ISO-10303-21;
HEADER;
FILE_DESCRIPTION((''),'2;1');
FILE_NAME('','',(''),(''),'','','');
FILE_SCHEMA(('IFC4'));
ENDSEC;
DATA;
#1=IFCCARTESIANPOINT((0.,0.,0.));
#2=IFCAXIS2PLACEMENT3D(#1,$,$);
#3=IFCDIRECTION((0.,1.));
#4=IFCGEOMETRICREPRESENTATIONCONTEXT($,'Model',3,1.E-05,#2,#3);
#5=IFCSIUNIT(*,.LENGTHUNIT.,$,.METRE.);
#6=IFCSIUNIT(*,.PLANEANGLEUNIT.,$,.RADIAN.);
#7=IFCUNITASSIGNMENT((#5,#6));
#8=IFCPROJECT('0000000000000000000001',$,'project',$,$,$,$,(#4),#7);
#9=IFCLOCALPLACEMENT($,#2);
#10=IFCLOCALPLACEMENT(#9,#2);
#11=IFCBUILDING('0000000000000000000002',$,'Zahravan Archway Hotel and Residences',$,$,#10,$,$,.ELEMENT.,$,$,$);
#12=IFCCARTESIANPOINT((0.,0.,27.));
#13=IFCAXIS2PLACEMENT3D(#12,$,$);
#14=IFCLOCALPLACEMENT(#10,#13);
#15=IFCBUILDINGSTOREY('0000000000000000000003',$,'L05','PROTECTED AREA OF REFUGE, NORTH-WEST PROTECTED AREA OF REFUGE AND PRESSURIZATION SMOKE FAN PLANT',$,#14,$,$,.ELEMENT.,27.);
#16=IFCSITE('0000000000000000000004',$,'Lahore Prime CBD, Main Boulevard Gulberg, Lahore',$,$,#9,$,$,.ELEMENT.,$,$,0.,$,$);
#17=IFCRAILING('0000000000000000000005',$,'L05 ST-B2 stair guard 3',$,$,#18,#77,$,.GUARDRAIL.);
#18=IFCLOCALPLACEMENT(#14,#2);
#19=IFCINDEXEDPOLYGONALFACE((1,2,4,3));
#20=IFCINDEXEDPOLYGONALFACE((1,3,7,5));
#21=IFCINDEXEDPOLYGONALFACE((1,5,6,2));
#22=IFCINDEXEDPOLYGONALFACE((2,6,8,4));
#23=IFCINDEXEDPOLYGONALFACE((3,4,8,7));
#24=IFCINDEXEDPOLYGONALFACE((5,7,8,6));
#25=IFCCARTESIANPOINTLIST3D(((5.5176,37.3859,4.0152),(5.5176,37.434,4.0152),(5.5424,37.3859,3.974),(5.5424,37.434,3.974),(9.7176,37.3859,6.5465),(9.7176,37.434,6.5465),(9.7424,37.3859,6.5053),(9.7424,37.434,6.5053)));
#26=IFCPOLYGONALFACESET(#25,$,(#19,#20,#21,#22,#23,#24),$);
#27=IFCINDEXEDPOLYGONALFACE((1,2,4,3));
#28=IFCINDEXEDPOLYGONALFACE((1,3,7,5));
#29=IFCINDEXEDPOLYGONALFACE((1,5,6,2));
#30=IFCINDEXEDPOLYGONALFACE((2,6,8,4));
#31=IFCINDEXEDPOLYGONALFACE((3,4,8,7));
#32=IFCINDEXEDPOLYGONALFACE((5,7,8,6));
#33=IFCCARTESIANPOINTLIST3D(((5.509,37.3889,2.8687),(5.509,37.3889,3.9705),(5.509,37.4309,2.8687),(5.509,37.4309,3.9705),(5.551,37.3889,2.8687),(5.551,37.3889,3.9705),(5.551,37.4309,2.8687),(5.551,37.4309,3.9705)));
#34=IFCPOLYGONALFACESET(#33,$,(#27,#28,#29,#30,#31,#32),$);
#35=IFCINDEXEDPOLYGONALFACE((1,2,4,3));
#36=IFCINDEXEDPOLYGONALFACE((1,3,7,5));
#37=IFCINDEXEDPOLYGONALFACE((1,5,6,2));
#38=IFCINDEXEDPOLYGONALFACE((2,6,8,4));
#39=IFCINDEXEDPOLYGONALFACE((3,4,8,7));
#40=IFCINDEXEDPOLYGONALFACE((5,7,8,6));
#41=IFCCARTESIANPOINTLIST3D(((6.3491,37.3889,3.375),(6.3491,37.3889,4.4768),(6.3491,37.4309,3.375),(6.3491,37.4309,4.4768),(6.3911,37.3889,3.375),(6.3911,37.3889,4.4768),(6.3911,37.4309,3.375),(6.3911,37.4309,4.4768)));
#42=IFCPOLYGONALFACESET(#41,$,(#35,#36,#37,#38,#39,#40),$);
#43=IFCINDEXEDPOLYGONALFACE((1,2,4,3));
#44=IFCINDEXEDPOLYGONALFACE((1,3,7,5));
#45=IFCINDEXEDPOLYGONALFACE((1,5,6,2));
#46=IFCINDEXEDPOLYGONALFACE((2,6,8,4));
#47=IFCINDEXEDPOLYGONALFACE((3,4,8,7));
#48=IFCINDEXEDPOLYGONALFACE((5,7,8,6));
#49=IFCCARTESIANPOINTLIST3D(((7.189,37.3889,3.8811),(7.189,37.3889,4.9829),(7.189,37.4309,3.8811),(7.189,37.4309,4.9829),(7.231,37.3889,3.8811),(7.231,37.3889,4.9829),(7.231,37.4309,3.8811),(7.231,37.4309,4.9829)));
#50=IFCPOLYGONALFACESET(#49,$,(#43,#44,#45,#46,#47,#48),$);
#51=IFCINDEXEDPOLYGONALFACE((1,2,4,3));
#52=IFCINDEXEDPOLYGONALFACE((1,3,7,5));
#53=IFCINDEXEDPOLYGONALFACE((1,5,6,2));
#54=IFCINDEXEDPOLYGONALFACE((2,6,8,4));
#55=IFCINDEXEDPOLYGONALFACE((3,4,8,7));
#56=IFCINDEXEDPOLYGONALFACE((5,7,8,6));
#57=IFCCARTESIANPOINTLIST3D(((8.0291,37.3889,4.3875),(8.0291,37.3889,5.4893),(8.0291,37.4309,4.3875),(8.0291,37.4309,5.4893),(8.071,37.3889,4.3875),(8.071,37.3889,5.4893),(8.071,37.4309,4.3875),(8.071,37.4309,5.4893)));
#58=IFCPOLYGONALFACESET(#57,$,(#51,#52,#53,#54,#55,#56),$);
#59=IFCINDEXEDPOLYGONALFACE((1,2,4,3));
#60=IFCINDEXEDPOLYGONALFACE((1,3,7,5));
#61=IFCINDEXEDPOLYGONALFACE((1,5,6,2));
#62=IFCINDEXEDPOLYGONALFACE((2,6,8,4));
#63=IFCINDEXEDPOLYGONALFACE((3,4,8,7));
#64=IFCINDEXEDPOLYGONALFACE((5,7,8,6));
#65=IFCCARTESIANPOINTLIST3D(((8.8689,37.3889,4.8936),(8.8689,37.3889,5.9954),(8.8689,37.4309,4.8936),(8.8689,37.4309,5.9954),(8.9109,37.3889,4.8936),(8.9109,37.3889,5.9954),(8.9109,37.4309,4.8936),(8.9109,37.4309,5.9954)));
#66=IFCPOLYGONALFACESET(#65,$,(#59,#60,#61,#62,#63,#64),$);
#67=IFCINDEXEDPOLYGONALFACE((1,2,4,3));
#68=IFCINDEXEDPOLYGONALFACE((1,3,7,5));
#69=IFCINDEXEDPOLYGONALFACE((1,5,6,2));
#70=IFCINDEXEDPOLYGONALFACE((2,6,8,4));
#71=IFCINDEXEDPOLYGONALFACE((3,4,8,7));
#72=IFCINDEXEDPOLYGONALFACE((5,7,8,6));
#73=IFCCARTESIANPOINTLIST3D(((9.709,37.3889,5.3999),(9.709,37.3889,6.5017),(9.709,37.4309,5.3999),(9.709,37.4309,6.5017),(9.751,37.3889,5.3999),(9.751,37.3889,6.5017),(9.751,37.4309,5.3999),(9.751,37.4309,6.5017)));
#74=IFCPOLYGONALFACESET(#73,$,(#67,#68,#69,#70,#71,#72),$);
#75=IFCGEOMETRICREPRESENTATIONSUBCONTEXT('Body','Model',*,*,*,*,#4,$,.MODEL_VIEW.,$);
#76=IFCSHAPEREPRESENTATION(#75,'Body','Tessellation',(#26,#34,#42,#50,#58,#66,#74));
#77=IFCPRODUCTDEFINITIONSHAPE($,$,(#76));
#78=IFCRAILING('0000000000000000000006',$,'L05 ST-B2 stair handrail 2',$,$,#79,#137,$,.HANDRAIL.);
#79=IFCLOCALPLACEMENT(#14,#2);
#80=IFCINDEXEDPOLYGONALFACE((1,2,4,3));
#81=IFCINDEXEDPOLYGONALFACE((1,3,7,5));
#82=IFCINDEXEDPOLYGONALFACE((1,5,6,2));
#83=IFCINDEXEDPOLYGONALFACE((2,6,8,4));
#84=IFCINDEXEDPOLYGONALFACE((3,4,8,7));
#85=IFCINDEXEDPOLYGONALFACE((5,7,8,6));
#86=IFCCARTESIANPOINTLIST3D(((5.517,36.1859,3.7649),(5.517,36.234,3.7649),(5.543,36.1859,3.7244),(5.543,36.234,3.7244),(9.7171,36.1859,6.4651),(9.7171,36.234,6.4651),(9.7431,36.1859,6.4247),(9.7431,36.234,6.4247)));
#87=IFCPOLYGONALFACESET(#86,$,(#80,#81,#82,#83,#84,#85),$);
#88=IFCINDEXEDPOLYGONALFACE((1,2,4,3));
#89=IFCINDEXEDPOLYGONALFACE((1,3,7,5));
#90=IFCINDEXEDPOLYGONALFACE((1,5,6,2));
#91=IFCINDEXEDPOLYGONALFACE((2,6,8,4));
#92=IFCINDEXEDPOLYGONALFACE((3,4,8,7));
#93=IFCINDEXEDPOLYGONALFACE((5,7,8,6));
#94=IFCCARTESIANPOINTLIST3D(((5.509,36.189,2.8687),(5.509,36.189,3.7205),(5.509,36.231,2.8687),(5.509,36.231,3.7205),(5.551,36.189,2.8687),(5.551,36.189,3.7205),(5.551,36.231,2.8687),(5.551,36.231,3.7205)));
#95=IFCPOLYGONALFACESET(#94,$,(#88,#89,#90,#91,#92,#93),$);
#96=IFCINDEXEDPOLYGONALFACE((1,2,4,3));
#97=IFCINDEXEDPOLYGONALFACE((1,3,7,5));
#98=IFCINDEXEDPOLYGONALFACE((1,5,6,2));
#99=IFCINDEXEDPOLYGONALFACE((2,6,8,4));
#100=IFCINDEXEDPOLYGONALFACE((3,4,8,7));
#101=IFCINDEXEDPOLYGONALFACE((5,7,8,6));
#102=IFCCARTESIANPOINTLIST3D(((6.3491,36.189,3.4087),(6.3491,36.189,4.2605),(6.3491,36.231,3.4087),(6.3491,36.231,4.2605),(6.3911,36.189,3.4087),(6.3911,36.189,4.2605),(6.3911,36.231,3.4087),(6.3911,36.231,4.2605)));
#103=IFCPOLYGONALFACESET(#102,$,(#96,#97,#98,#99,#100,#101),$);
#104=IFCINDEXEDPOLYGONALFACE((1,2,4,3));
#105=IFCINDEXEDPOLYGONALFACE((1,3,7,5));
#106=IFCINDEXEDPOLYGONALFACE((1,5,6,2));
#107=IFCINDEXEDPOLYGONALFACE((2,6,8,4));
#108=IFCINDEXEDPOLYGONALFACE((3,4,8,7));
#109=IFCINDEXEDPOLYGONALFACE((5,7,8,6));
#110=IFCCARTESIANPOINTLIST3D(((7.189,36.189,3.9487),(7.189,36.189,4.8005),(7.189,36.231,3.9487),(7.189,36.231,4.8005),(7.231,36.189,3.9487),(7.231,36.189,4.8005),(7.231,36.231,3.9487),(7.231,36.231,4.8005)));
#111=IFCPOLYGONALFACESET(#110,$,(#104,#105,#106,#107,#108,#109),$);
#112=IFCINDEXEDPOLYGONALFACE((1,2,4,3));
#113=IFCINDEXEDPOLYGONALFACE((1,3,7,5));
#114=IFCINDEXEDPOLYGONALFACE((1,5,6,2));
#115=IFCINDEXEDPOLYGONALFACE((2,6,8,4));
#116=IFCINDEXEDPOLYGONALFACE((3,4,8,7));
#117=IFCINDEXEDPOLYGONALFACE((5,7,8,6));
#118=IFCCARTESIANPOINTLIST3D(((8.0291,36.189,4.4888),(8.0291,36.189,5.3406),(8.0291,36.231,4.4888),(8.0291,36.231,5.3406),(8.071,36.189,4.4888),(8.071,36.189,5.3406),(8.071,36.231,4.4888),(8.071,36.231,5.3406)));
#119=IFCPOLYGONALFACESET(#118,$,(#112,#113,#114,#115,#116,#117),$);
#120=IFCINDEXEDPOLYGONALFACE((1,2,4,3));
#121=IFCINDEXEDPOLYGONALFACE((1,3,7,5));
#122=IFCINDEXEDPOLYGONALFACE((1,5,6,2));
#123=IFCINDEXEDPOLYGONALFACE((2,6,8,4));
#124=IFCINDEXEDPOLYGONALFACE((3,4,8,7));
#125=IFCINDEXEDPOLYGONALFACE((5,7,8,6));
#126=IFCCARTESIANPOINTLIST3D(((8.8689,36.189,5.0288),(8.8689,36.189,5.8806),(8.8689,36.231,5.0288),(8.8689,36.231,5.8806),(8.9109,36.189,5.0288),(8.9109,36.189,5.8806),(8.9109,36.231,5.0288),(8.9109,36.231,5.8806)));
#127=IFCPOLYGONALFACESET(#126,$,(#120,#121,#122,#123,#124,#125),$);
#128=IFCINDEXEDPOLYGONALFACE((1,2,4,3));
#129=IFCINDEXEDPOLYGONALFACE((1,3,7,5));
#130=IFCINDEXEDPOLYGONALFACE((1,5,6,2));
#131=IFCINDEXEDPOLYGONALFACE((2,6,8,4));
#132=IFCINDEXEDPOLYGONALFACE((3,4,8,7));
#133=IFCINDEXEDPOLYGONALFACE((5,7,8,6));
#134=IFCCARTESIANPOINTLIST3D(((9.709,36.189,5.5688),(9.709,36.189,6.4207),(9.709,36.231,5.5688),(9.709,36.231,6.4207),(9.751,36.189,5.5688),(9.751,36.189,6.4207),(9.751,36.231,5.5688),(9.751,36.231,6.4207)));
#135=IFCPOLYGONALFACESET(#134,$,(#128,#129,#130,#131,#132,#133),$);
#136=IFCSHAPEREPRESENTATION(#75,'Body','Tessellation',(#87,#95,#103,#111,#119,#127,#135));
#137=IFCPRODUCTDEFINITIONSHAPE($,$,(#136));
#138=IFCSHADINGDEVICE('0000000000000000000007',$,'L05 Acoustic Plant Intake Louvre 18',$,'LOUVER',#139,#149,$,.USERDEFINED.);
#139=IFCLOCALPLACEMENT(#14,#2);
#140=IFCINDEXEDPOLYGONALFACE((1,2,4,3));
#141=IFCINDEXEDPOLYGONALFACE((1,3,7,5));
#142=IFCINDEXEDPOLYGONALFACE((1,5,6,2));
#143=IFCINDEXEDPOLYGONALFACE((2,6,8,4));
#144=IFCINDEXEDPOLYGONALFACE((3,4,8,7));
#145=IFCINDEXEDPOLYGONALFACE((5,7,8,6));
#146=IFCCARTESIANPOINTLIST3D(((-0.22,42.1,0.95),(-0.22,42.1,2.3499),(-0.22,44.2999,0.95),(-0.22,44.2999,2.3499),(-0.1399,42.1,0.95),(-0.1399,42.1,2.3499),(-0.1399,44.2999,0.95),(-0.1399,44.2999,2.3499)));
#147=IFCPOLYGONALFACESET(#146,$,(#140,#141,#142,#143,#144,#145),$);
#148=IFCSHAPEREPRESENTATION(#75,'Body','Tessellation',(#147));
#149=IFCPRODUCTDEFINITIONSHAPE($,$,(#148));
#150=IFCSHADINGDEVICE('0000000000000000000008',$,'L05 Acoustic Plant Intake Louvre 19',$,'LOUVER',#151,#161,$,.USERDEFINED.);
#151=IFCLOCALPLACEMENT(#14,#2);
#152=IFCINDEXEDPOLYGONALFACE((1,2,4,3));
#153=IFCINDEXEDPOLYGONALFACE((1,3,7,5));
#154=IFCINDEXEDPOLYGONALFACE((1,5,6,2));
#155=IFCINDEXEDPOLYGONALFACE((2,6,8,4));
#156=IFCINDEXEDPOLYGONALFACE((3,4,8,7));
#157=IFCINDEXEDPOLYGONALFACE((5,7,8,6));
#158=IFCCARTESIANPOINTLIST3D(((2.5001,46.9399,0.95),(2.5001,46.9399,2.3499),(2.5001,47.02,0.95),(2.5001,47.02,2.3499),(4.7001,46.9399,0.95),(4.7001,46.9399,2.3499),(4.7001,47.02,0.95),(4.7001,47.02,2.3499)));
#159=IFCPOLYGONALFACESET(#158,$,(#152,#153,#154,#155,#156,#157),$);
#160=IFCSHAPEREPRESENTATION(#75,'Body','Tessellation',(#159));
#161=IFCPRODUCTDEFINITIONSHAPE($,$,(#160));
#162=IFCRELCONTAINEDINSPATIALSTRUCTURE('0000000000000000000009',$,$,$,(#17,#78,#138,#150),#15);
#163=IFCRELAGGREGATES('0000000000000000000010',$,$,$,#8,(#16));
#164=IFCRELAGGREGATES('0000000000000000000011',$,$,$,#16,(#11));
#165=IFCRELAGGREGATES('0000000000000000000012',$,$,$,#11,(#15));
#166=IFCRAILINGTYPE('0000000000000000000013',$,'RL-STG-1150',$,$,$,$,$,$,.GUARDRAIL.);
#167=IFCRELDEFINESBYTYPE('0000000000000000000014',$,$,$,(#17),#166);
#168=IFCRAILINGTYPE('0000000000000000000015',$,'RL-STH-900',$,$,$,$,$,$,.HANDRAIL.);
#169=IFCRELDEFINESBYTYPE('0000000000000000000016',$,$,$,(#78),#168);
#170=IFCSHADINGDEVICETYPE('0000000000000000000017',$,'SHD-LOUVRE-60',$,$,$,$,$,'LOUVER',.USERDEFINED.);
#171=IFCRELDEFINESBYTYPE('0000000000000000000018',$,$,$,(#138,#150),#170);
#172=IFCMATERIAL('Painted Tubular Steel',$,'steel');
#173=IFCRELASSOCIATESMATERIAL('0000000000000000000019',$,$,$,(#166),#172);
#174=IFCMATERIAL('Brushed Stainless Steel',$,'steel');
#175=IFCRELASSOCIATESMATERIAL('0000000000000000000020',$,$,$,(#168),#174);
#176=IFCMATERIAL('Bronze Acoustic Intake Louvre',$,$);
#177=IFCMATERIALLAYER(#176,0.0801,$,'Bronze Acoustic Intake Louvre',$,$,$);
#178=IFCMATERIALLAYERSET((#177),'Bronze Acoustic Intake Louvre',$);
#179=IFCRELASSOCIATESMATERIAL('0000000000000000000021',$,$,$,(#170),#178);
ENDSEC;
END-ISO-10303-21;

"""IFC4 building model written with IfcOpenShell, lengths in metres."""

from ifc_helpers import new_model, si_unit, direction, frame, origin, origin_2d, place, context, subcontext, project, spatial, rectangle, extrude, source, transform, mapped, material, layer, layer_set, type_object, type_shapes, element, save


model = new_model("IFC4")

# Units and contexts
model_context = context("Model", 3, precision=1e-05, world=origin(), true_north=direction((0.0, 1.0)))
body_context = subcontext(model_context, "Body", "Model", "MODEL_VIEW")
ifc_project = project(units=[si_unit("LENGTHUNIT", "METRE"), si_unit("PLANEANGLEUNIT", "RADIAN")], contexts=[model_context])

# Site, building, storey
site_placement = place(None, origin())
site = spatial("IfcSite", under=ifc_project, at=site_placement, Name="Lahore Prime CBD, Main Boulevard Gulberg, Lahore", CompositionType="ELEMENT", RefElevation=0.0)
building_placement = place(site_placement, origin())
building = spatial("IfcBuilding", under=site, at=building_placement, Name="Zahravan Archway Hotel and Residences", CompositionType="ELEMENT")
storey_placement = place(building_placement, frame((0.0, 0.0, 27.0)))
storey = spatial("IfcBuildingStorey", under=building, at=storey_placement, Name="L05", Description="PROTECTED AREA OF REFUGE, NORTH-WEST PROTECTED AREA OF REFUGE AND PRESSURIZATION SMOKE FAN PLANT", CompositionType="ELEMENT", Elevation=27.0)

# Railings
ifc_material_1 = material(Name="Painted Tubular Steel", Category="steel")
railing_type_1 = type_object("IfcRailingType", Name="RL-STG-1150", PredefinedType="GUARDRAIL", material=ifc_material_1)
railing_1_placement = place(storey_placement, frame((5.53, 37.4099, 2.8687)))
element("IfcRailing", 1, at=railing_1_placement, inside=storey, type_object=railing_type_1, Name="L05 ST-B2 stair guard 3", PredefinedType="GUARDRAIL", context=body_context, shape_type="SweptSolid", body=[
    extrude(rectangle(XDim=0.0481, YDim=0.0481, at=origin_2d()), frame((0.0, 0.0, 1.126), z_axis=(0.856476, 0.0, 0.516186), x_axis=(0.0, 1.0, 0.0)), (0.0, 0.0, 1.0), 4.9038),
    extrude(rectangle(XDim=0.042, YDim=0.042, at=origin_2d()), origin(), (0.0, 0.0, 1.0), 1.1018),
    extrude(rectangle(XDim=0.042, YDim=0.042, at=origin_2d()), frame((0.8401, 0.0, 0.5063)), (0.0, 0.0, 1.0), 1.1018),
    extrude(rectangle(XDim=0.042, YDim=0.042, at=origin_2d()), frame((1.6799, 0.0, 1.0125)), (0.0, 0.0, 1.0), 1.1018),
    extrude(rectangle(XDim=0.042, YDim=0.042, at=origin_2d()), frame((2.52, 0.0, 1.5188)), (0.0, 0.0, 1.0), 1.1018),
    extrude(rectangle(XDim=0.042, YDim=0.042, at=origin_2d()), frame((3.3599, 0.0, 2.0249)), (0.0, 0.0, 1.0), 1.1018),
    extrude(rectangle(XDim=0.042, YDim=0.042, at=origin_2d()), frame((4.2, 0.0, 2.5312)), (0.0, 0.0, 1.0), 1.1018),
])
ifc_material_2 = material(Name="Brushed Stainless Steel", Category="steel")
railing_type_2 = type_object("IfcRailingType", Name="RL-STH-900", PredefinedType="HANDRAIL", material=ifc_material_2)
railing_2_placement = place(storey_placement, frame((5.53, 36.21, 2.8687)))
element("IfcRailing", 2, at=railing_2_placement, inside=storey, type_object=railing_type_2, Name="L05 ST-B2 stair handrail 2", PredefinedType="HANDRAIL", context=body_context, shape_type="SweptSolid", body=[
    extrude(rectangle(XDim=0.0481, YDim=0.0481, at=origin_2d()), frame((0.0, 0.0, 0.876), z_axis=(0.841158, 0.0, 0.54079), x_axis=(0.0, 1.0, 0.0)), (0.0, 0.0, 1.0), 4.9932),
    extrude(rectangle(XDim=0.042, YDim=0.042, at=origin_2d()), origin(), (0.0, 0.0, 1.0), 0.8518),
    extrude(rectangle(XDim=0.042, YDim=0.042, at=origin_2d()), frame((0.8401, 0.0, 0.54)), (0.0, 0.0, 1.0), 0.8518),
    extrude(rectangle(XDim=0.042, YDim=0.042, at=origin_2d()), frame((1.6799, 0.0, 1.0801)), (0.0, 0.0, 1.0), 0.8518),
    extrude(rectangle(XDim=0.042, YDim=0.042, at=origin_2d()), frame((2.52, 0.0, 1.6201)), (0.0, 0.0, 1.0), 0.8518),
    extrude(rectangle(XDim=0.042, YDim=0.042, at=origin_2d()), frame((3.3599, 0.0, 2.1602)), (0.0, 0.0, 1.0), 0.8518),
    extrude(rectangle(XDim=0.042, YDim=0.042, at=origin_2d()), frame((4.2, 0.0, 2.7002)), (0.0, 0.0, 1.0), 0.8518),
])

# Shading devices
ifc_material_3 = material(Name="Bronze Acoustic Intake Louvre")
ifc_layer_1 = layer(ifc_material_3, 0.0801, Name="Bronze Acoustic Intake Louvre")
ifc_layer_set_1 = layer_set([ifc_layer_1], Name="Bronze Acoustic Intake Louvre")
shading_device_type = type_object("IfcShadingDeviceType", Name="SHD-LOUVRE-60", ElementType="LOUVER", PredefinedType="USERDEFINED", material=ifc_layer_set_1)
shared_shape_1 = source(origin(), body_context, "Body", "SweptSolid", [
    extrude(rectangle(XDim=2.2, YDim=0.0801, at=origin_2d()), origin(), (0.0, 0.0, 1.0), 1.3999),
])
type_shapes(shading_device_type, [shared_shape_1])
for number, where, z_axis, x_axis, name in (
    (3, (-0.1799, 43.2, 0.95), (0.0, 0.0, 1.0), (0.0, 1.0, 0.0), "L05 Acoustic Plant Intake Louvre 18"),
    (4, (3.6001, 46.98, 0.95), (0.0, 0.0, 1.0), (1.0, 0.0, 0.0), "L05 Acoustic Plant Intake Louvre 19"),
):
    element("IfcShadingDevice", number, at=place(storey_placement, frame(where, z_axis=z_axis, x_axis=x_axis)), inside=storey, type_object=shading_device_type, Name=name, ObjectType="LOUVER", PredefinedType="USERDEFINED", context=body_context, shape_type="MappedRepresentation", body=[
        mapped(shared_shape_1, transform((0.0, 0.0, 0.0), scale=1.0)),
    ])

save(model, "model.ifc")
